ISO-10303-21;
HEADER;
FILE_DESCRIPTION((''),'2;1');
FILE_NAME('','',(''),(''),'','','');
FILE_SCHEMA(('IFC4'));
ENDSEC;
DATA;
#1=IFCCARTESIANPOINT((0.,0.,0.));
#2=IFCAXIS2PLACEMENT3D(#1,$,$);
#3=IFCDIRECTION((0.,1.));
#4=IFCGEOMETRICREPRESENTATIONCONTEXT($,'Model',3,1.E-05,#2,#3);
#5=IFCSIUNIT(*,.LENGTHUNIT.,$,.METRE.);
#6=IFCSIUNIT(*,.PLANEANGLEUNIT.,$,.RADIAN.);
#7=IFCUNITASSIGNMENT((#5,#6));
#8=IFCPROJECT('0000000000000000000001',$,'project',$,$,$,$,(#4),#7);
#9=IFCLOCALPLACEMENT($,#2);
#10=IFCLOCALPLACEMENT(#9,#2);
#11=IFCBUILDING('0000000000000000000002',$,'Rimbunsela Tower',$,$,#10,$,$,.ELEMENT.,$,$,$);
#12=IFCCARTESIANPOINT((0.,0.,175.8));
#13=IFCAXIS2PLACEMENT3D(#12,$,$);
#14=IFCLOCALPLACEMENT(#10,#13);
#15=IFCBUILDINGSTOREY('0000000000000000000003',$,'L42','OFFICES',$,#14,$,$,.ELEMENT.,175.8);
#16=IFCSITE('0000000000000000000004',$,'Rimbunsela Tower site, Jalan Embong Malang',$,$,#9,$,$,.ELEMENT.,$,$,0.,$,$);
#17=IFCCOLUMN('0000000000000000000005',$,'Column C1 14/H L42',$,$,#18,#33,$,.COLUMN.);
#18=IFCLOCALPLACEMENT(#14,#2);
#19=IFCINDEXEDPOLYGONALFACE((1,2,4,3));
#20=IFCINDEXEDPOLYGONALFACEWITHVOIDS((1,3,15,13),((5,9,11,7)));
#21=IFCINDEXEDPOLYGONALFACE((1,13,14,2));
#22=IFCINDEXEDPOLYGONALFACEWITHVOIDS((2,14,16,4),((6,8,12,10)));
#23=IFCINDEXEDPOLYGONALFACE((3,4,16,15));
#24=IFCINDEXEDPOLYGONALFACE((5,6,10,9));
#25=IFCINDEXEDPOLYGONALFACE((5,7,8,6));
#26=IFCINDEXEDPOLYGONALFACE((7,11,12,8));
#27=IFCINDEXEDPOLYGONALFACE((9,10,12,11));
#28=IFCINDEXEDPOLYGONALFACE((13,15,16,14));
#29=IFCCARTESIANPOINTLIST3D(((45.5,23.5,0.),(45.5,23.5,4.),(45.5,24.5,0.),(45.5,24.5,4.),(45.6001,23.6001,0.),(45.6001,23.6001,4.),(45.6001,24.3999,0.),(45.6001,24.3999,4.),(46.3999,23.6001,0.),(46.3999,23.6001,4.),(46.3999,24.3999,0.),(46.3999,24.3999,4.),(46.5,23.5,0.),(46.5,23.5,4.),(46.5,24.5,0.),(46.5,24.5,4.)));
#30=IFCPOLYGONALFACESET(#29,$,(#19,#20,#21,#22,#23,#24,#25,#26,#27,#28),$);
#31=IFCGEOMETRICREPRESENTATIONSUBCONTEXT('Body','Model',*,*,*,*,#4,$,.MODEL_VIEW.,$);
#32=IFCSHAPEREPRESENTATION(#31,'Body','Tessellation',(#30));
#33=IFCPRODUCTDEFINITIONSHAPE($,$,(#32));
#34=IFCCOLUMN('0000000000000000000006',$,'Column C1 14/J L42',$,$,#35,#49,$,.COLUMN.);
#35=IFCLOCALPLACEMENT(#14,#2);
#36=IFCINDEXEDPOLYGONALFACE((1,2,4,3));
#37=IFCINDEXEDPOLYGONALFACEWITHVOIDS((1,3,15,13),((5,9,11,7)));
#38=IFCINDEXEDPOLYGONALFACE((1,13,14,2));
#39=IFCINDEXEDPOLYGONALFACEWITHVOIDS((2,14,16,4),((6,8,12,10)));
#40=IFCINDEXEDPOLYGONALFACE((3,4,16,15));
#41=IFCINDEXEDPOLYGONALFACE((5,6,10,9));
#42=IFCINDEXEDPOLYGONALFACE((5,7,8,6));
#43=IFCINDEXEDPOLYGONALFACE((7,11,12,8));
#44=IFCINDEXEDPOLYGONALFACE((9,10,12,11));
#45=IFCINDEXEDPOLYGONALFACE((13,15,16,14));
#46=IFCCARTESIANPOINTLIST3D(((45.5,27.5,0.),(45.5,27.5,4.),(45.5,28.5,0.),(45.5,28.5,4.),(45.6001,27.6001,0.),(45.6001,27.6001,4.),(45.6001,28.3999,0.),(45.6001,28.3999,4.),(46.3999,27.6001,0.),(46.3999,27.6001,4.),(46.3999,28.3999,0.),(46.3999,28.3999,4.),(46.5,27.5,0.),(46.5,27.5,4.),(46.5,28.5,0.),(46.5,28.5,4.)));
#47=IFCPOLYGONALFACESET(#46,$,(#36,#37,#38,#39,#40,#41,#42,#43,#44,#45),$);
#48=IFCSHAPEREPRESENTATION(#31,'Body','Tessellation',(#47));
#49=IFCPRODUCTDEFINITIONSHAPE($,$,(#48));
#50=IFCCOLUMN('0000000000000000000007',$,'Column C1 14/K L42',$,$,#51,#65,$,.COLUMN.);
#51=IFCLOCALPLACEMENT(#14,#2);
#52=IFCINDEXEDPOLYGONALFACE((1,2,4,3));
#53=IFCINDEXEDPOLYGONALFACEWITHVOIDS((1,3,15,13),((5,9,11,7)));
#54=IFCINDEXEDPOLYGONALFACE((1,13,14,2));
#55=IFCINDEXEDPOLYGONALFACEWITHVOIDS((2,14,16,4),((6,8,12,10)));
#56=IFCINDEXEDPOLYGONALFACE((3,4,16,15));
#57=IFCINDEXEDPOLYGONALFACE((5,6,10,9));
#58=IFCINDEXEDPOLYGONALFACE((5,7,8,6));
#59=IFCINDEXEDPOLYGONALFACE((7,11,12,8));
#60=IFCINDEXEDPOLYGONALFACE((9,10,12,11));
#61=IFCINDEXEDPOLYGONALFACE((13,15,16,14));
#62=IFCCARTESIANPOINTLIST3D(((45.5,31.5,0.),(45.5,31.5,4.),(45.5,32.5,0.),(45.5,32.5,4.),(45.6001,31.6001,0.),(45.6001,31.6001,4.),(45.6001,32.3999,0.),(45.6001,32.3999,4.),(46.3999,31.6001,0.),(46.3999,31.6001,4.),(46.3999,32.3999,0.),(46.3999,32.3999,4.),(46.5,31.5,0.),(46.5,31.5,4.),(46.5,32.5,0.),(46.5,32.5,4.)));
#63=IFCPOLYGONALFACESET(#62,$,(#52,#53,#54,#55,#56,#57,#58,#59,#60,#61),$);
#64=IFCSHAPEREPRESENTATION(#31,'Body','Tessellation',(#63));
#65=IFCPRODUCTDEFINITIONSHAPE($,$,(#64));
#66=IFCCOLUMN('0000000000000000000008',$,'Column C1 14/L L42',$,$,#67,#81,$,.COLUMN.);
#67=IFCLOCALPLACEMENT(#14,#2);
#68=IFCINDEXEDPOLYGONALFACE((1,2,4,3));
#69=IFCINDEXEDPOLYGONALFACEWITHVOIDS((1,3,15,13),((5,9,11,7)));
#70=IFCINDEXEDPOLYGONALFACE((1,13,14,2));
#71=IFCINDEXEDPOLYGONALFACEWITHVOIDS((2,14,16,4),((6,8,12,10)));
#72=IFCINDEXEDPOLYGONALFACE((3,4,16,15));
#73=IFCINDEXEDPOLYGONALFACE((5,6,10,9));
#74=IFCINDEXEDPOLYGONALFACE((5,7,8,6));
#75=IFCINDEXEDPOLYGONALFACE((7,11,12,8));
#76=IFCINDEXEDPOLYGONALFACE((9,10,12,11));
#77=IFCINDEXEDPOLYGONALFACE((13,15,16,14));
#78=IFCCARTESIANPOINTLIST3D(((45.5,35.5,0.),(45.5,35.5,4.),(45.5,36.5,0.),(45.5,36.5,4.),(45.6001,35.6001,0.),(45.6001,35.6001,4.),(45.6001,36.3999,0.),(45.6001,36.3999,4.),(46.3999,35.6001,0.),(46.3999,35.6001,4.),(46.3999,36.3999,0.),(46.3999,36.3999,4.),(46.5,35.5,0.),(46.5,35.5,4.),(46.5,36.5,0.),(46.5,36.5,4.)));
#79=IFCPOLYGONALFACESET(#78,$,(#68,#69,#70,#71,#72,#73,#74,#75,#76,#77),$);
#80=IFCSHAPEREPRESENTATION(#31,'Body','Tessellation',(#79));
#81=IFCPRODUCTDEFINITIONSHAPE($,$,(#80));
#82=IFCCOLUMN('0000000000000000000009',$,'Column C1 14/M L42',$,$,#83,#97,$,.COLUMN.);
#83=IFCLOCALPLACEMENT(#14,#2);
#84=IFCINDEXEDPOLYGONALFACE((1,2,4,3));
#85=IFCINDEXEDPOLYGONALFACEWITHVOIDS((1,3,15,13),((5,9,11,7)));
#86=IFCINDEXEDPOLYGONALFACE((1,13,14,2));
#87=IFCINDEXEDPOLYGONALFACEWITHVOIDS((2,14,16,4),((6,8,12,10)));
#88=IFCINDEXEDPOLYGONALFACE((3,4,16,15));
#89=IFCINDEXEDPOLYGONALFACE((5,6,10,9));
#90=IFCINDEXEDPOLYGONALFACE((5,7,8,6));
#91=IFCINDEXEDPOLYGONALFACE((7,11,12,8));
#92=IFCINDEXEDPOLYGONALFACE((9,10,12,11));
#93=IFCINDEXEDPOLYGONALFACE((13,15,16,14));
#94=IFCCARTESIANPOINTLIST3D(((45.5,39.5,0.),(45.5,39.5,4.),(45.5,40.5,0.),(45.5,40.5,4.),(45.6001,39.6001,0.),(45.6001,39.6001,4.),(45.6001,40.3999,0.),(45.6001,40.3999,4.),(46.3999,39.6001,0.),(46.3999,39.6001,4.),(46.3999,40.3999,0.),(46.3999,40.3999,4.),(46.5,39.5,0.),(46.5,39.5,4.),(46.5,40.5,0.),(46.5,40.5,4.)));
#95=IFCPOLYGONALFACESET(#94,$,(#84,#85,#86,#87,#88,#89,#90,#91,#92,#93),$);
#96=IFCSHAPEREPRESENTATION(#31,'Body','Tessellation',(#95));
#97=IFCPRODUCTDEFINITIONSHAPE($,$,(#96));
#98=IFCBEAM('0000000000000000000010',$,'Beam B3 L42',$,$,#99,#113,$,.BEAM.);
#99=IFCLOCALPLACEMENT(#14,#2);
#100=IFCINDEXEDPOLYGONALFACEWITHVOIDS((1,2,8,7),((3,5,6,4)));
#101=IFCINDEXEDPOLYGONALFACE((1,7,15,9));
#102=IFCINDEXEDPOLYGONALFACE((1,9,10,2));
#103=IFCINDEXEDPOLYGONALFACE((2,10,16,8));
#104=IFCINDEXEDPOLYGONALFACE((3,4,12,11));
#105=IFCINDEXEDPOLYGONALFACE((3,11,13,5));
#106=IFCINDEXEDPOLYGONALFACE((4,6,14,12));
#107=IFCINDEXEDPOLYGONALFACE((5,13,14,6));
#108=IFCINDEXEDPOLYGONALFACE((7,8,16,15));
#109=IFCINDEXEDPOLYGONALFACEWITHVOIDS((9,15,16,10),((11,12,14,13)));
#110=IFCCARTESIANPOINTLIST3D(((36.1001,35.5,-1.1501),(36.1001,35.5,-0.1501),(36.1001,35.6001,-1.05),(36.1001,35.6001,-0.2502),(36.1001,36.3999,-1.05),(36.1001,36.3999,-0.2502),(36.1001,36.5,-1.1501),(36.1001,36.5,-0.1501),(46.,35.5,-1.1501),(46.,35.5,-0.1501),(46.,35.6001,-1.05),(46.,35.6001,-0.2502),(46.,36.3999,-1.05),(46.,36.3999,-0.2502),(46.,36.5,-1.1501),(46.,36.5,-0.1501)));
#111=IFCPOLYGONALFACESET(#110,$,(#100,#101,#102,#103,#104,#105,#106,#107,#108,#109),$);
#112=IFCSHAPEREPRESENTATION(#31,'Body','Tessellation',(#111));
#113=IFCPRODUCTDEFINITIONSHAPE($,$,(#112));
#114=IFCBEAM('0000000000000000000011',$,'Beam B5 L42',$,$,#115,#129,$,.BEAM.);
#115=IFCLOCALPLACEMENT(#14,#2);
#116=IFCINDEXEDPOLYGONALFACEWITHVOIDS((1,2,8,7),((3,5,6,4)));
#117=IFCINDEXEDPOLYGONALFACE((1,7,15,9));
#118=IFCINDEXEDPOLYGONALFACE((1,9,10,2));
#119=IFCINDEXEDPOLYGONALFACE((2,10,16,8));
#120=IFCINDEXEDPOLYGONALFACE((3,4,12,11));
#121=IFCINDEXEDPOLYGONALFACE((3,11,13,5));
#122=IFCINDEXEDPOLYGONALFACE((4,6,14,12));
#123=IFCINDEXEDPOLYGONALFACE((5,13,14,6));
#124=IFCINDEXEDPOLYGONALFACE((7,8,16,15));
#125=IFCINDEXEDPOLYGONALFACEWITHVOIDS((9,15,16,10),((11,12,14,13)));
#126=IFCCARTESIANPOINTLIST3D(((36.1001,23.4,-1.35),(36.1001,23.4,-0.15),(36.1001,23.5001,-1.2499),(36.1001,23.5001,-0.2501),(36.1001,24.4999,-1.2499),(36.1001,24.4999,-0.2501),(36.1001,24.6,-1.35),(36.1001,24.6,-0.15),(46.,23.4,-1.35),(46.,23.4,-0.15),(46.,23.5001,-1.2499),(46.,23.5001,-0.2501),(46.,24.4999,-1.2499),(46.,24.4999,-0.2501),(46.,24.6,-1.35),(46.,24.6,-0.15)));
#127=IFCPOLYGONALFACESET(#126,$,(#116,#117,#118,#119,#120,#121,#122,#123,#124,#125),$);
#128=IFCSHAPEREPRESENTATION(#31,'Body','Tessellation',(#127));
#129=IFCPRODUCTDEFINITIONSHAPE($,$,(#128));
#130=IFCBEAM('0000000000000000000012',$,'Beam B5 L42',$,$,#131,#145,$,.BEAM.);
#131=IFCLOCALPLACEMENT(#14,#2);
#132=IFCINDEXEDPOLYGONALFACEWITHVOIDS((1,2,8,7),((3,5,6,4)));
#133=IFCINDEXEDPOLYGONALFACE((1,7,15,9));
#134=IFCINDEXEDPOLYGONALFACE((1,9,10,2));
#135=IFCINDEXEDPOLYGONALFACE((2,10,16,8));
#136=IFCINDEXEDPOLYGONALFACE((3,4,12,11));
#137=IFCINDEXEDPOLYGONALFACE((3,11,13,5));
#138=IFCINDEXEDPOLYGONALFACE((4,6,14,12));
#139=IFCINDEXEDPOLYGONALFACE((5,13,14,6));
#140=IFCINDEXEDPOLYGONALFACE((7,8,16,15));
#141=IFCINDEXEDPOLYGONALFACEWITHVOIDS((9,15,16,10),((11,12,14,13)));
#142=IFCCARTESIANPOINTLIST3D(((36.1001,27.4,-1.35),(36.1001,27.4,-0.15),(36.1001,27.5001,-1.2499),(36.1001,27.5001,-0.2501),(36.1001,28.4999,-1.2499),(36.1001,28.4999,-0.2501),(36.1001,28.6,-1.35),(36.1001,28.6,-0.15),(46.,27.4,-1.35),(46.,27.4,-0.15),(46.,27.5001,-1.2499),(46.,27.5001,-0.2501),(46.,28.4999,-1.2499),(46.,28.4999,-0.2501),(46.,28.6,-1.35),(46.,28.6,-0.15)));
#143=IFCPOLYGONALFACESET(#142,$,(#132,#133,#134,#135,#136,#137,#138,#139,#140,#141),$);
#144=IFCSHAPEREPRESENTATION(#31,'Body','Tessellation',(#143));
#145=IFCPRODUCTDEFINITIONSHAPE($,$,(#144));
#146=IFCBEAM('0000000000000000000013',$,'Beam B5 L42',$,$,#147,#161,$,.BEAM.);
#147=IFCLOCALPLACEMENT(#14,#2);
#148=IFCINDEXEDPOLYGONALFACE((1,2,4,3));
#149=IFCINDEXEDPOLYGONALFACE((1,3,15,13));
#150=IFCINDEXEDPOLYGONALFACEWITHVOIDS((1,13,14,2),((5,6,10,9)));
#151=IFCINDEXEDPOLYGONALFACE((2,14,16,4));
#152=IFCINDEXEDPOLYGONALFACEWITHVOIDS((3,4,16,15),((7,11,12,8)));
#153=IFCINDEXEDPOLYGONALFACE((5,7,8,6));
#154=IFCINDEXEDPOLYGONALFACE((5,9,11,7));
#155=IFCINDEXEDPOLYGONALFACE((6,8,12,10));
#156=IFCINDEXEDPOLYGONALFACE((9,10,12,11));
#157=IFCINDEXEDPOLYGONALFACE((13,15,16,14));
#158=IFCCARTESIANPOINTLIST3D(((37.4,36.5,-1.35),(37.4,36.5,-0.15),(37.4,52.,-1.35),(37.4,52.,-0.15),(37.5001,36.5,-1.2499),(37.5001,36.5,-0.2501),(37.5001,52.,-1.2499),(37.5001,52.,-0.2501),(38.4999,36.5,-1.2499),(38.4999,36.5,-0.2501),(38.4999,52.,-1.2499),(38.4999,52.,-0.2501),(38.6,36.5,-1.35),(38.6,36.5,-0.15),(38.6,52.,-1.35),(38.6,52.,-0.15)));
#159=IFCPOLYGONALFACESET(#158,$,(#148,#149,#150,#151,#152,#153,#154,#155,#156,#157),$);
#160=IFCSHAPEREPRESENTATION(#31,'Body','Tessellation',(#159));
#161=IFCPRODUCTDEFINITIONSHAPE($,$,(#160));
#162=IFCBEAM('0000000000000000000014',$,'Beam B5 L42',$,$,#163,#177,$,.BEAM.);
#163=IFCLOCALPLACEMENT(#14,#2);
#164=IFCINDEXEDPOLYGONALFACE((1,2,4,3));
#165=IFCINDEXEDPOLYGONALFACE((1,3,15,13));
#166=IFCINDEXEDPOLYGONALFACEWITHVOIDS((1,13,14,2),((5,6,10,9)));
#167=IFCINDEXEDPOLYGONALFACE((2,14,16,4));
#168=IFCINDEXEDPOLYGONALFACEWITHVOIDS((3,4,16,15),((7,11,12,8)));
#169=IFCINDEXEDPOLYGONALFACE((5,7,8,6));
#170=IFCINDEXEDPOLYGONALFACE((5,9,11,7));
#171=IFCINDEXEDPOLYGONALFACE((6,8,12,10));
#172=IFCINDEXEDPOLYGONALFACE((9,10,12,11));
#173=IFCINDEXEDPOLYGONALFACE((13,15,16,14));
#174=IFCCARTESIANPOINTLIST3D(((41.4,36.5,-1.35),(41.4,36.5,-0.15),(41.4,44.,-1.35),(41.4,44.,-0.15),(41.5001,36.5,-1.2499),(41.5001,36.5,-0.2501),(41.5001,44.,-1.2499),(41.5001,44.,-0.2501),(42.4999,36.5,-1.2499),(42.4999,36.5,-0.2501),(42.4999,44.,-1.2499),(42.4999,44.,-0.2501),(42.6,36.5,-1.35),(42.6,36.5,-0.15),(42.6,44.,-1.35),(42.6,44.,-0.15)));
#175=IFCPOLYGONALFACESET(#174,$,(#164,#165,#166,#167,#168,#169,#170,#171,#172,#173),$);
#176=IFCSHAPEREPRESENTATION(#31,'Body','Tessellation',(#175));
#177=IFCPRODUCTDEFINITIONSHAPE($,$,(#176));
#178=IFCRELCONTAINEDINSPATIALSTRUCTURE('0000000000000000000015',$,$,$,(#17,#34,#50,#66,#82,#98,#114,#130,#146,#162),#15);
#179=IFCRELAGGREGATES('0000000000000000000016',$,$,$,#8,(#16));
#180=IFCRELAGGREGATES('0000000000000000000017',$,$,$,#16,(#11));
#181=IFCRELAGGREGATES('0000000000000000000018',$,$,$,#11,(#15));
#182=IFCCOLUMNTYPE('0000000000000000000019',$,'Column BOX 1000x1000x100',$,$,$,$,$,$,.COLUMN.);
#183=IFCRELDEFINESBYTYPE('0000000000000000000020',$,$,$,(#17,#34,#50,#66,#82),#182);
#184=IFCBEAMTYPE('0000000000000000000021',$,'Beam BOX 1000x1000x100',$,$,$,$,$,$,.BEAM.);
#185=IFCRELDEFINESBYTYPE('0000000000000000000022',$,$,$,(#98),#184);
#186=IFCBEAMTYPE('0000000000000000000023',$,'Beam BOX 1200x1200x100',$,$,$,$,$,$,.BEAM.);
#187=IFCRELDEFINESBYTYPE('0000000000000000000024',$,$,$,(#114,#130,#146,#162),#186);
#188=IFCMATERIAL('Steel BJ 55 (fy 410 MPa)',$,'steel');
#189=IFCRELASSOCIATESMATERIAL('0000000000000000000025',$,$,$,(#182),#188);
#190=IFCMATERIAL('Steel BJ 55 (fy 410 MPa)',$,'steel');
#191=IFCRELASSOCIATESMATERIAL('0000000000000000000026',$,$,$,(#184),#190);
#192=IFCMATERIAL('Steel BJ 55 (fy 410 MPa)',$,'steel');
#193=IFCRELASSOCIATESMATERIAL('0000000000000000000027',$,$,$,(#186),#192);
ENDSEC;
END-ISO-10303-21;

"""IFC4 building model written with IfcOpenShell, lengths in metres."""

from ifc_helpers import new_model, si_unit, direction, frame, origin, origin_2d, place, context, subcontext, project, spatial, hollow_rectangle, extrude, material, material_profile, profile_set, type_object, element, save


model = new_model("IFC4")

# Units and contexts
model_context = context("Model", 3, precision=1e-05, world=origin(), true_north=direction((0.0, 1.0)))
body_context = subcontext(model_context, "Body", "Model", "MODEL_VIEW")
ifc_project = project(units=[si_unit("LENGTHUNIT", "METRE"), si_unit("PLANEANGLEUNIT", "RADIAN")], contexts=[model_context])

# Site, building, storey
site_placement = place(None, origin())
site = spatial("IfcSite", under=ifc_project, at=site_placement, Name="Rimbunsela Tower site, Jalan Embong Malang", CompositionType="ELEMENT", RefElevation=0.0)
building_placement = place(site_placement, origin())
building = spatial("IfcBuilding", under=site, at=building_placement, Name="Rimbunsela Tower", CompositionType="ELEMENT")
storey_placement = place(building_placement, frame((0.0, 0.0, 175.8)))
storey = spatial("IfcBuildingStorey", under=building, at=storey_placement, Name="L42", Description="OFFICES", CompositionType="ELEMENT", Elevation=175.8)

# Columns
ifc_material_1 = material(Name="Steel BJ 55 (fy 410 MPa)", Category="steel")
ifc_material_profile_1 = material_profile(ifc_material_1, hollow_rectangle(XDim=1.0, YDim=1.0, WallThickness=0.1001, at=origin_2d()), Name="BOX 1000x1000x100")
ifc_profile_set_1 = profile_set([ifc_material_profile_1], Name="Steel BJ 55 (fy 410 MPa)")
column_type = type_object("IfcColumnType", Name="Column BOX 1000x1000x100", PredefinedType="COLUMN", material=ifc_profile_set_1)
for number, where, z_axis, x_axis, name in (
    (1, (46.0, 24.0, 0.0), (0.0, 0.0, 1.0), (1.0, 0.0, 0.0), "Column C1 14/H L42"),
    (2, (46.0, 28.0, 0.0), (0.0, 0.0, 1.0), (1.0, 0.0, 0.0), "Column C1 14/J L42"),
    (3, (46.0, 32.0, 0.0), (0.0, 0.0, 1.0), (1.0, 0.0, 0.0), "Column C1 14/K L42"),
    (4, (46.0, 36.0, 0.0), (0.0, 0.0, 1.0), (1.0, 0.0, 0.0), "Column C1 14/L L42"),
    (5, (46.0, 40.0, 0.0), (0.0, 0.0, 1.0), (1.0, 0.0, 0.0), "Column C1 14/M L42"),
):
    element("IfcColumn", number, at=place(storey_placement, frame(where, z_axis=z_axis, x_axis=x_axis)), inside=storey, type_object=column_type, Name=name, PredefinedType="COLUMN", context=body_context, shape_type="SweptSolid", body=[
        extrude(hollow_rectangle(XDim=1.0, YDim=1.0, WallThickness=0.1001, at=origin_2d()), origin(), (0.0, 0.0, 1.0), 4.0),
    ])

# Beams
ifc_material_2 = material(Name="Steel BJ 55 (fy 410 MPa)", Category="steel")
ifc_material_profile_2 = material_profile(ifc_material_2, hollow_rectangle(XDim=1.0, YDim=1.0, WallThickness=0.1001, at=origin_2d()), Name="BOX 1000x1000x100")
ifc_profile_set_2 = profile_set([ifc_material_profile_2], Name="Steel BJ 55 (fy 410 MPa)")
beam_type_1 = type_object("IfcBeamType", Name="Beam BOX 1000x1000x100", PredefinedType="BEAM", material=ifc_profile_set_2)
beam_1_placement = place(storey_placement, frame((36.1001, 36.0, -0.6501), z_axis=(1.0, 0.0, 0.0), x_axis=(0.0, 1.0, 0.0)))
element("IfcBeam", 6, at=beam_1_placement, inside=storey, type_object=beam_type_1, Name="Beam B3 L42", PredefinedType="BEAM", context=body_context, shape_type="SweptSolid", body=[
    extrude(hollow_rectangle(XDim=1.0, YDim=1.0, WallThickness=0.1001, at=origin_2d()), origin(), (0.0, 0.0, 1.0), 9.8999),
])
ifc_material_3 = material(Name="Steel BJ 55 (fy 410 MPa)", Category="steel")
ifc_material_profile_3 = material_profile(ifc_material_3, hollow_rectangle(XDim=1.2, YDim=1.2, WallThickness=0.1001, at=origin_2d()), Name="BOX 1200x1200x100")
ifc_profile_set_3 = profile_set([ifc_material_profile_3], Name="Steel BJ 55 (fy 410 MPa)")
beam_type_2 = type_object("IfcBeamType", Name="Beam BOX 1200x1200x100", PredefinedType="BEAM", material=ifc_profile_set_3)
for number, where, z_axis, x_axis, name in (
    (7, (36.1001, 24.0, -0.75), (1.0, 0.0, 0.0), (0.0, 1.0, 0.0), "Beam B5 L42"),
    (8, (36.1001, 28.0, -0.75), (1.0, 0.0, 0.0), (0.0, 1.0, 0.0), "Beam B5 L42"),
):
    element("IfcBeam", number, at=place(storey_placement, frame(where, z_axis=z_axis, x_axis=x_axis)), inside=storey, type_object=beam_type_2, Name=name, PredefinedType="BEAM", context=body_context, shape_type="SweptSolid", body=[
        extrude(hollow_rectangle(XDim=1.2, YDim=1.2, WallThickness=0.1001, at=origin_2d()), origin(), (0.0, 0.0, 1.0), 9.8999),
    ])
beam_2_placement = place(storey_placement, frame((38.0, 36.5, -0.75), z_axis=(0.0, 1.0, 0.0), x_axis=(-1.0, 0.0, 0.0)))
element("IfcBeam", 9, at=beam_2_placement, inside=storey, type_object=beam_type_2, Name="Beam B5 L42", PredefinedType="BEAM", context=body_context, shape_type="SweptSolid", body=[
    extrude(hollow_rectangle(XDim=1.2, YDim=1.2, WallThickness=0.1001, at=origin_2d()), origin(), (0.0, 0.0, 1.0), 15.5),
])
beam_3_placement = place(storey_placement, frame((42.0, 36.5, -0.75), z_axis=(0.0, 1.0, 0.0), x_axis=(-1.0, 0.0, 0.0)))
element("IfcBeam", 10, at=beam_3_placement, inside=storey, type_object=beam_type_2, Name="Beam B5 L42", PredefinedType="BEAM", context=body_context, shape_type="SweptSolid", body=[
    extrude(hollow_rectangle(XDim=1.2, YDim=1.2, WallThickness=0.1001, at=origin_2d()), origin(), (0.0, 0.0, 1.0), 7.5),
])

save(model, "model.ifc")
